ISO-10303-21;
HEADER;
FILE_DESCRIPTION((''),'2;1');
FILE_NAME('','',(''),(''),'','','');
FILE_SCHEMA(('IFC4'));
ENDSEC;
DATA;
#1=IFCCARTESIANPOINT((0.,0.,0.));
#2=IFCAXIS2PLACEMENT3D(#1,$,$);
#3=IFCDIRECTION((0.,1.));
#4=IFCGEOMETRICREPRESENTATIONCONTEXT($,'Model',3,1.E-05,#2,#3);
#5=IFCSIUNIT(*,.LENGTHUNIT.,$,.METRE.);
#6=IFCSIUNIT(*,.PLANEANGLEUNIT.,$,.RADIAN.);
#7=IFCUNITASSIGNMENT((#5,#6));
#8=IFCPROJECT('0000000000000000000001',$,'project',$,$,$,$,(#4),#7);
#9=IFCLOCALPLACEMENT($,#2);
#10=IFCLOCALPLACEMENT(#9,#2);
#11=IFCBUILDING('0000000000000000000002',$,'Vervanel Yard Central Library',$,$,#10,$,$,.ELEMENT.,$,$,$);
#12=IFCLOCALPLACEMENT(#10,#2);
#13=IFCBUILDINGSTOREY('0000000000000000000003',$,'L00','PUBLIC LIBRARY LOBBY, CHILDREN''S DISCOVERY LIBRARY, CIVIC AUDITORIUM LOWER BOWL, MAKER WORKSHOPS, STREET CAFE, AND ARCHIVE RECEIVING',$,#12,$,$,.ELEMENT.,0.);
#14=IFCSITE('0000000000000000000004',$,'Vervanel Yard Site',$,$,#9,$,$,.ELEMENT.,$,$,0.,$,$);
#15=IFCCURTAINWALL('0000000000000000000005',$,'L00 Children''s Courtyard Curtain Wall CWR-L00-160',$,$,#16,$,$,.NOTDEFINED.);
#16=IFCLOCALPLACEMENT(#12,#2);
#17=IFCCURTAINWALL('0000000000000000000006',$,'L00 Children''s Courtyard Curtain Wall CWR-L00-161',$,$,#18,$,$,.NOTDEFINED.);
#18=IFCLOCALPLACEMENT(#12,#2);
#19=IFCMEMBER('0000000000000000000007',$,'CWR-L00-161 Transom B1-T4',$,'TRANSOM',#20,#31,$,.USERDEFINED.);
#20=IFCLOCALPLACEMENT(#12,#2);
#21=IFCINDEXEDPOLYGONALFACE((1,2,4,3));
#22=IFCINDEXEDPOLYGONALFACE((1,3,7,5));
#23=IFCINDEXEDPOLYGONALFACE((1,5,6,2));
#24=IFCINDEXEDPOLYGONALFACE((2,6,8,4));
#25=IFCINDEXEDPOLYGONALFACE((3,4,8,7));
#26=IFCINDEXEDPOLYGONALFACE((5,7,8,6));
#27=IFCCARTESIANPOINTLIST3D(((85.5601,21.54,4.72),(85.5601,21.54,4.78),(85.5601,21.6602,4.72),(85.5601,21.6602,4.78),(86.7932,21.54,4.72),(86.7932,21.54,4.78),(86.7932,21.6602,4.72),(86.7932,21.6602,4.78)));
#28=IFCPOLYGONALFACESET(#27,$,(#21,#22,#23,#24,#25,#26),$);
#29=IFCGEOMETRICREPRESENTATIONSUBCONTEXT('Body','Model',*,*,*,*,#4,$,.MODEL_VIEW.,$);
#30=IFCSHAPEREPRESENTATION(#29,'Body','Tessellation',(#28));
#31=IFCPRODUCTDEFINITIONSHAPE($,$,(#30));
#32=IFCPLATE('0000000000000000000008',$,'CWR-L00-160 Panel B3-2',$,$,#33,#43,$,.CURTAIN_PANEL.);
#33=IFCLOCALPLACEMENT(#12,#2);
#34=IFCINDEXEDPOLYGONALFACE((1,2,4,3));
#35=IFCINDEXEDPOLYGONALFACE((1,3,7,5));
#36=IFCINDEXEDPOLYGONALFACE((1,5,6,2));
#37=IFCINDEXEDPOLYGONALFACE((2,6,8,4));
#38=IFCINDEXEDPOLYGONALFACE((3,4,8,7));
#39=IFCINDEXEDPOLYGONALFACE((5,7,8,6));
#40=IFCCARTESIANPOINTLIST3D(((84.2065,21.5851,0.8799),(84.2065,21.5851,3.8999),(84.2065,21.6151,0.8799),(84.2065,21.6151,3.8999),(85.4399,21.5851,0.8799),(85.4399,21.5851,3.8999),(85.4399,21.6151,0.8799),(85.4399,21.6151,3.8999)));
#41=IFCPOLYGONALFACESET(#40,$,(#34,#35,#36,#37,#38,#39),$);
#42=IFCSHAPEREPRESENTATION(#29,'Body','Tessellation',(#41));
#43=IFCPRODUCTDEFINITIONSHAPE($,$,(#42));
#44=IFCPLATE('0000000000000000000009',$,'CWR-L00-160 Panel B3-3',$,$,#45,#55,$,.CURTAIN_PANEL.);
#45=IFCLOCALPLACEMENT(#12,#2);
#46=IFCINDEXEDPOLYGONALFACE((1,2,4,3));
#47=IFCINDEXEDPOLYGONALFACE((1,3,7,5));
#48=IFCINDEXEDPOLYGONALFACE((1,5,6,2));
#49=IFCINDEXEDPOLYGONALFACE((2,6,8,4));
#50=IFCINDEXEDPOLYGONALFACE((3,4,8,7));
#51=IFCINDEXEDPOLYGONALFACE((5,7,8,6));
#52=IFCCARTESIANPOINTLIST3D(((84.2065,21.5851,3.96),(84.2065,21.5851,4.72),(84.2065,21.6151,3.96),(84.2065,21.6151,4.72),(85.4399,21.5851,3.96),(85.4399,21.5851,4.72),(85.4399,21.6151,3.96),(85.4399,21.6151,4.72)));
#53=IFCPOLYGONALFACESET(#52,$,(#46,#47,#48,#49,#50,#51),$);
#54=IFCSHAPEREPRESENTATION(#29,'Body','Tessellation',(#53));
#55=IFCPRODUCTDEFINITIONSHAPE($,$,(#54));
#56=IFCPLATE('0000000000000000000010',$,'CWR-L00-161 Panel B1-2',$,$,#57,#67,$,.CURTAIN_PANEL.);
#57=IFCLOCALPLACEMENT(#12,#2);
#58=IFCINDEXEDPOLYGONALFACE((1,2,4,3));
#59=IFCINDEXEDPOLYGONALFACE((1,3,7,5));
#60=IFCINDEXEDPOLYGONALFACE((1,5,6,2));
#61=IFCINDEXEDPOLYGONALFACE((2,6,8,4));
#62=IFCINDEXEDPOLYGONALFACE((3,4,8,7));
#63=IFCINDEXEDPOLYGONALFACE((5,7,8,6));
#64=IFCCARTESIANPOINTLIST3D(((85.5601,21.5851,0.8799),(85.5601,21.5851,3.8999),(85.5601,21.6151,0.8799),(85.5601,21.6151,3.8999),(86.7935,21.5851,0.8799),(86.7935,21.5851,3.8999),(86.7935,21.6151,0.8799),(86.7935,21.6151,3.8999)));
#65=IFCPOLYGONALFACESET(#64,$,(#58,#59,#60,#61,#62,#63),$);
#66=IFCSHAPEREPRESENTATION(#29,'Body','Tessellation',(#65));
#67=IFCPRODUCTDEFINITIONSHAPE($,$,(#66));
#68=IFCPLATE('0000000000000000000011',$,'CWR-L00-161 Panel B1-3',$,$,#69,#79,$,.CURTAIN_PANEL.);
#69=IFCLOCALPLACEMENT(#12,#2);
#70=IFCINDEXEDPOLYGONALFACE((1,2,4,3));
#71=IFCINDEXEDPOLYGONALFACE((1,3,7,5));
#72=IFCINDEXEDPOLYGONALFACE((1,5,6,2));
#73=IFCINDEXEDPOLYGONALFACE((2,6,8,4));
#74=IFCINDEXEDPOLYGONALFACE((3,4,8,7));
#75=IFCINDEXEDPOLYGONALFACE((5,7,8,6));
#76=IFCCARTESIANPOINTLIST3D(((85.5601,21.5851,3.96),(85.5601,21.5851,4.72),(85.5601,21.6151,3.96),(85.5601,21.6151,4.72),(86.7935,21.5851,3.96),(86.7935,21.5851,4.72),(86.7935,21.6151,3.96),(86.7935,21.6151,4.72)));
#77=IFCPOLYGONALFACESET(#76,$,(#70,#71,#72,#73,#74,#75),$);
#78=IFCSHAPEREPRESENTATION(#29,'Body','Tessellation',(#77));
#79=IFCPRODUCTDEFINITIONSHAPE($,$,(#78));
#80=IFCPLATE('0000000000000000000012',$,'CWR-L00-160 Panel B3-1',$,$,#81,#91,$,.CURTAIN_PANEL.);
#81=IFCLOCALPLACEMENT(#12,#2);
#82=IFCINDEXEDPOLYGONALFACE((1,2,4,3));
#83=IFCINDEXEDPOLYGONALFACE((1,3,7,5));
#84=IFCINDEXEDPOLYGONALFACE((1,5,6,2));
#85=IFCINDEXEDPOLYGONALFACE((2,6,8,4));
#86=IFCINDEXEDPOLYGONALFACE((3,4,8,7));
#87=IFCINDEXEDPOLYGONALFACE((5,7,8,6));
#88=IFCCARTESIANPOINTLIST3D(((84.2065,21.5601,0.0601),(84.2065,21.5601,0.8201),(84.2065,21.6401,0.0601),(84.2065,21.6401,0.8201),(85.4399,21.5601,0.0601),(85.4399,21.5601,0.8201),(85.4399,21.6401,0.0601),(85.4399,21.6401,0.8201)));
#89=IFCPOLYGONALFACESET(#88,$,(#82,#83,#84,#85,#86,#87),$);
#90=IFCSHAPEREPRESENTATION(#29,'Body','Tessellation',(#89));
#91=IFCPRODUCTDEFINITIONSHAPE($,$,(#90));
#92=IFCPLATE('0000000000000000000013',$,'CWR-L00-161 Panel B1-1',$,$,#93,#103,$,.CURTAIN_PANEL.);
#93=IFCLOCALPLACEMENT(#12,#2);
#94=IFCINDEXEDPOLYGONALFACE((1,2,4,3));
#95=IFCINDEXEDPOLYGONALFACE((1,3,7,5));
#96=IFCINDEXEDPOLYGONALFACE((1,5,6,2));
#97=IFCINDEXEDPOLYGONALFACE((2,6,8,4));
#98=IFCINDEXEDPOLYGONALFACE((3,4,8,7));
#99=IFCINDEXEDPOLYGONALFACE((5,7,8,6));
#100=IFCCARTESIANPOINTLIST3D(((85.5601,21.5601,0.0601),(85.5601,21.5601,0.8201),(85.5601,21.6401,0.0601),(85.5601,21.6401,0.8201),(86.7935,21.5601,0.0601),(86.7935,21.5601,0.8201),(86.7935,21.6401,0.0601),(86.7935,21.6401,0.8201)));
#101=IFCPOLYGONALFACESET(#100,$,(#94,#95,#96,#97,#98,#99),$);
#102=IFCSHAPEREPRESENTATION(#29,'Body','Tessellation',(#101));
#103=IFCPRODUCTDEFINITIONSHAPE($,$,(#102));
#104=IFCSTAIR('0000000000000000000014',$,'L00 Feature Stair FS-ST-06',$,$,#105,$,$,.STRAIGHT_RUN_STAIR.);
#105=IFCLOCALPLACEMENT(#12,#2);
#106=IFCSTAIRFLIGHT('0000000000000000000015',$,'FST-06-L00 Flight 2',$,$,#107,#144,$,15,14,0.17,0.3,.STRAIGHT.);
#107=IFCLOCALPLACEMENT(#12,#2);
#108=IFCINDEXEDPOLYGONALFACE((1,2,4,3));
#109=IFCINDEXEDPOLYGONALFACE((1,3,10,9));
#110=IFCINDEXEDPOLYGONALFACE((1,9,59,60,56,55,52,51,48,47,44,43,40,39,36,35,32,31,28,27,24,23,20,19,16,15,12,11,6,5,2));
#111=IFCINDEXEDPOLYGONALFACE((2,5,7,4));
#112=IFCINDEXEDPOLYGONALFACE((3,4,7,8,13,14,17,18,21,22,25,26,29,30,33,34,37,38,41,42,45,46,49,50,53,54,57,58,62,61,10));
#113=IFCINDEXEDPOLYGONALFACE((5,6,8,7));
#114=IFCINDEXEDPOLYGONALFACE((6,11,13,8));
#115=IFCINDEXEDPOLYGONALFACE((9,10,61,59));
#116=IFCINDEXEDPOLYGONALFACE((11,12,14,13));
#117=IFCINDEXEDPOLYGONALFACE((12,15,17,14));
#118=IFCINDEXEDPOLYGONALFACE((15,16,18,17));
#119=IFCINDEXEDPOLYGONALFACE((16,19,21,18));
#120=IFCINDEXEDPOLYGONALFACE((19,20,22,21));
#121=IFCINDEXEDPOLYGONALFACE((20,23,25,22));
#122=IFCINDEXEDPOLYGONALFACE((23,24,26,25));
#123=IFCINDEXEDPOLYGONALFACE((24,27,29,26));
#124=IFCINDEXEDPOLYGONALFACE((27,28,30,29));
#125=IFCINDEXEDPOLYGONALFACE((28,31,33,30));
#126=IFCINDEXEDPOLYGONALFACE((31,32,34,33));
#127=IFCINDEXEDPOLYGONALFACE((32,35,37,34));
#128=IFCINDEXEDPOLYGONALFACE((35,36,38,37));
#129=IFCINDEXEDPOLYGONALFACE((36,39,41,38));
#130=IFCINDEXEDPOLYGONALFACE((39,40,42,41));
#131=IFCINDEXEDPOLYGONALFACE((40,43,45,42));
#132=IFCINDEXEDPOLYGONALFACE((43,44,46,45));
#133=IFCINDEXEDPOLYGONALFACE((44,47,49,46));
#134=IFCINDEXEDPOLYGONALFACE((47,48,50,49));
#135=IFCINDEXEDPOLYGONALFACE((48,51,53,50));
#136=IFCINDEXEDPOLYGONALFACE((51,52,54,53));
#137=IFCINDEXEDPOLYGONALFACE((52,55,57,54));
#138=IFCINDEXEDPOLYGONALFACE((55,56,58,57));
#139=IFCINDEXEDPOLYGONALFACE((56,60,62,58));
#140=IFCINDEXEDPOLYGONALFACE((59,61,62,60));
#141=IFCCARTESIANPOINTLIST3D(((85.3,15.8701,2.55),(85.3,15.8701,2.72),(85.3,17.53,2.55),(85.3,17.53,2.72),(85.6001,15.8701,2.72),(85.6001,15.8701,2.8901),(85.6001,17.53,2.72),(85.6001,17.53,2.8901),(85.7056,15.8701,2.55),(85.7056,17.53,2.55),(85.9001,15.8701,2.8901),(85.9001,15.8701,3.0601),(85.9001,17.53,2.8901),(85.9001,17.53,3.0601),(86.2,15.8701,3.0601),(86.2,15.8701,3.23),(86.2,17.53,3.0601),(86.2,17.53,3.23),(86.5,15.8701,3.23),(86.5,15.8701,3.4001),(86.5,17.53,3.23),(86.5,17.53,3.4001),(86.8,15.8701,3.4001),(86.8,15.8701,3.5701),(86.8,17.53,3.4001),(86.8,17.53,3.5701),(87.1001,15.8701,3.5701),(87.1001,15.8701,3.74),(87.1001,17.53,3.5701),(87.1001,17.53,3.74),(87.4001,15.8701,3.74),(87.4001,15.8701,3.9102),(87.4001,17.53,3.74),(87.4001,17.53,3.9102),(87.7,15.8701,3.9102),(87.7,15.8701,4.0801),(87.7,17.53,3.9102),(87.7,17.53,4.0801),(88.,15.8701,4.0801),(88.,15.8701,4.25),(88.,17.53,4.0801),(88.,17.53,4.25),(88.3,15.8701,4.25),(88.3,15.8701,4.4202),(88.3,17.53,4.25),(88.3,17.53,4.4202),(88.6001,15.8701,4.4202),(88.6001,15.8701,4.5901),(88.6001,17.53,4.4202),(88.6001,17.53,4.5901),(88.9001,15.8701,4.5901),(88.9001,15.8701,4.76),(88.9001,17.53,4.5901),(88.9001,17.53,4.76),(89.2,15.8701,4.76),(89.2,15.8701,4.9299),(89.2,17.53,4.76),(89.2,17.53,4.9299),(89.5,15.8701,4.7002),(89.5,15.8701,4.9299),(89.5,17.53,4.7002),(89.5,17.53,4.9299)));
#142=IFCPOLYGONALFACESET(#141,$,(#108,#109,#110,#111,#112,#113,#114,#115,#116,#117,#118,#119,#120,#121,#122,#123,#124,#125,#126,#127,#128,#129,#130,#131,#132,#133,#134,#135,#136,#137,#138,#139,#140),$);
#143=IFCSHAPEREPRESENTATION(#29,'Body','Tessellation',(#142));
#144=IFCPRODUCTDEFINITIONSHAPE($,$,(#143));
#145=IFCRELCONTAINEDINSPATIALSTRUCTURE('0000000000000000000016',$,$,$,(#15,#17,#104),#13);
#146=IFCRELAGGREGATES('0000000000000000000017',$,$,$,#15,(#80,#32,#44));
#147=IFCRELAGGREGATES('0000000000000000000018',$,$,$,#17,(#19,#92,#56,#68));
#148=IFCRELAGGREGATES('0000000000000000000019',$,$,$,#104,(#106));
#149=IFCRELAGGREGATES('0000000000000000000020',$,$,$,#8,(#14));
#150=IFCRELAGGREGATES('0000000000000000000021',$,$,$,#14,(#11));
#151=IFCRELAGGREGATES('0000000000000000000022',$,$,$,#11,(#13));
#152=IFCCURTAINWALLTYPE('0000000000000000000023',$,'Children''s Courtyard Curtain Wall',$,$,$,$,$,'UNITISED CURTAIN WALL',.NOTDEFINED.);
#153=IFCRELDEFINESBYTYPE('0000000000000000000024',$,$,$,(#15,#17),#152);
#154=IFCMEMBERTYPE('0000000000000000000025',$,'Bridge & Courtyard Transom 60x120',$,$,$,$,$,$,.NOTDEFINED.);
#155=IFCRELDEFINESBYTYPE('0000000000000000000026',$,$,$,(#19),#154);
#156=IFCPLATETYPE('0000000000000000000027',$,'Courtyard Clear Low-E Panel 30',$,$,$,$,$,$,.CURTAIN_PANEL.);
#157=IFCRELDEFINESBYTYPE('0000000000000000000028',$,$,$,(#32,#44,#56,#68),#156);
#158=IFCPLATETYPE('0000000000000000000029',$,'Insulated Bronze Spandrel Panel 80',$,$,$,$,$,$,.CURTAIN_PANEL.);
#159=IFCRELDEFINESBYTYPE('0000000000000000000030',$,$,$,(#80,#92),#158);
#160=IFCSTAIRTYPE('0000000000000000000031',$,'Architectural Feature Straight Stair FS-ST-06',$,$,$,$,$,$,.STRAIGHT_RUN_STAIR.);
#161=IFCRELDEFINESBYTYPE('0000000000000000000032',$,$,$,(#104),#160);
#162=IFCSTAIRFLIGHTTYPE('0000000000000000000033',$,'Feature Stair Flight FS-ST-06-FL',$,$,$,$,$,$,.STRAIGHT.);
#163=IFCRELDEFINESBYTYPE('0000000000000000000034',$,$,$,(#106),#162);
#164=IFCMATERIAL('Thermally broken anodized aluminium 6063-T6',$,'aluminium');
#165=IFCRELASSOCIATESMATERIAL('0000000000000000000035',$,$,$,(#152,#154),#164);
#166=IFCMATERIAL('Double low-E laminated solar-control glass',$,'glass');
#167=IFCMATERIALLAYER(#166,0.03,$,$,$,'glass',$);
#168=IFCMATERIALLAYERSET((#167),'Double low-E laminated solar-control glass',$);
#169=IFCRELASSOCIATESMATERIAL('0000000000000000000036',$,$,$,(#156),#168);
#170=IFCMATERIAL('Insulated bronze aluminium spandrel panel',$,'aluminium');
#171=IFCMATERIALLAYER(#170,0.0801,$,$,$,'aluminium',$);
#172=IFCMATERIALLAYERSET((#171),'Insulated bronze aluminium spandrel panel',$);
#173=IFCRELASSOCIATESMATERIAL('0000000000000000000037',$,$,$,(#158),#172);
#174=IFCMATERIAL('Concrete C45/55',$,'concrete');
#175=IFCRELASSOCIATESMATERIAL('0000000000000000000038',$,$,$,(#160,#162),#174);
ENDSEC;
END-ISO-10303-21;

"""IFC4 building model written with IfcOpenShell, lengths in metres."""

from ifc_helpers import new_model, si_unit, direction, frame, origin, origin_2d, place, context, subcontext, project, spatial, polyline, rectangle, outline, extrude, material, layer, layer_set, material_profile, profile_set, type_object, element, aggregate, save


model = new_model("IFC4")

# Units and contexts
model_context = context("Model", 3, precision=1e-05, world=origin(), true_north=direction((0.0, 1.0)))
body_context = subcontext(model_context, "Body", "Model", "MODEL_VIEW")
ifc_project = project(units=[si_unit("LENGTHUNIT", "METRE"), si_unit("PLANEANGLEUNIT", "RADIAN")], contexts=[model_context])

# Site, building, storey
site_placement = place(None, origin())
site = spatial("IfcSite", under=ifc_project, at=site_placement, Name="Vervanel Yard Site", CompositionType="ELEMENT", RefElevation=0.0)
building_placement = place(site_placement, origin())
building = spatial("IfcBuilding", under=site, at=building_placement, Name="Vervanel Yard Central Library", CompositionType="ELEMENT")
storey_placement = place(building_placement, origin())
storey = spatial("IfcBuildingStorey", under=building, at=storey_placement, Name="L00", Description="PUBLIC LIBRARY LOBBY, CHILDREN'S DISCOVERY LIBRARY, CIVIC AUDITORIUM LOWER BOWL, MAKER WORKSHOPS, STREET CAFE, AND ARCHIVE RECEIVING", CompositionType="ELEMENT", Elevation=0.0)

# Curtain walls
ifc_material_1 = material(Name="Thermally broken anodized aluminium 6063-T6", Category="aluminium")
curtain_wall_type = type_object("IfcCurtainWallType", Name="Children's Courtyard Curtain Wall", ElementType="UNITISED CURTAIN WALL", PredefinedType="NOTDEFINED", material=ifc_material_1)
curtain_wall_1_placement = place(storey_placement, origin())
curtain_wall_1 = element("IfcCurtainWall", 1, at=curtain_wall_1_placement, inside=storey, type_object=curtain_wall_type, Name="L00 Children's Courtyard Curtain Wall CWR-L00-160", PredefinedType="NOTDEFINED")
curtain_wall_2_placement = place(storey_placement, origin())
curtain_wall_2 = element("IfcCurtainWall", 2, at=curtain_wall_2_placement, inside=storey, type_object=curtain_wall_type, Name="L00 Children's Courtyard Curtain Wall CWR-L00-161", PredefinedType="NOTDEFINED")

# Member
ifc_material_profile_1 = material_profile(ifc_material_1, rectangle(XDim=0.0601, YDim=0.1201, at=origin_2d()), Name="ALU 60x120", Category="aluminium")
ifc_profile_set_1 = profile_set([ifc_material_profile_1], Name="Thermally broken anodized aluminium 6063-T6")
member_type_1 = type_object("IfcMemberType", Name="Bridge & Courtyard Transom 60x120", PredefinedType="NOTDEFINED", material=ifc_profile_set_1)
member_1_placement = place(storey_placement, frame((85.5601, 21.6001, 4.75), z_axis=(1.0, 0.0, 0.0), x_axis=(0.0, 0.0, 1.0)))
member_1 = element("IfcMember", 3, at=member_1_placement, type_object=member_type_1, Name="CWR-L00-161 Transom B1-T4", ObjectType="TRANSOM", PredefinedType="USERDEFINED", context=body_context, shape_type="SweptSolid", body=[
    extrude(rectangle(XDim=0.0601, YDim=0.1201, at=origin_2d()), origin(), (0.0, 0.0, 1.0), 1.2332),
])

# Plates
ifc_material_2 = material(Name="Double low-E laminated solar-control glass", Category="glass")
ifc_layer_1 = layer(ifc_material_2, 0.03, Category="glass")
ifc_layer_set_1 = layer_set([ifc_layer_1], Name="Double low-E laminated solar-control glass")
plate_type_1 = type_object("IfcPlateType", Name="Courtyard Clear Low-E Panel 30", PredefinedType="CURTAIN_PANEL", material=ifc_layer_set_1)
plate_1_placement = place(storey_placement, frame((84.8232, 21.6001, 0.8799), z_axis=(0.0, 0.0, 1.0), x_axis=(1.0, 0.0, 0.0)))
plate_1 = element("IfcPlate", 4, at=plate_1_placement, type_object=plate_type_1, Name="CWR-L00-160 Panel B3-2", PredefinedType="CURTAIN_PANEL", context=body_context, shape_type="SweptSolid", body=[
    extrude(rectangle(XDim=1.2334, YDim=0.03, at=origin_2d()), origin(), (0.0, 0.0, 1.0), 3.02),
])
plate_2_placement = place(storey_placement, frame((84.8232, 21.6001, 3.96), z_axis=(0.0, 0.0, 1.0), x_axis=(1.0, 0.0, 0.0)))
plate_2 = element("IfcPlate", 5, at=plate_2_placement, type_object=plate_type_1, Name="CWR-L00-160 Panel B3-3", PredefinedType="CURTAIN_PANEL", context=body_context, shape_type="SweptSolid", body=[
    extrude(rectangle(XDim=1.2334, YDim=0.03, at=origin_2d()), origin(), (0.0, 0.0, 1.0), 0.76),
])
plate_3_placement = place(storey_placement, frame((86.1768, 21.6001, 0.8799), z_axis=(0.0, 0.0, 1.0), x_axis=(1.0, 0.0, 0.0)))
plate_3 = element("IfcPlate", 6, at=plate_3_placement, type_object=plate_type_1, Name="CWR-L00-161 Panel B1-2", PredefinedType="CURTAIN_PANEL", context=body_context, shape_type="SweptSolid", body=[
    extrude(rectangle(XDim=1.2334, YDim=0.03, at=origin_2d()), origin(), (0.0, 0.0, 1.0), 3.02),
])
plate_4_placement = place(storey_placement, frame((86.1768, 21.6001, 3.96), z_axis=(0.0, 0.0, 1.0), x_axis=(1.0, 0.0, 0.0)))
plate_4 = element("IfcPlate", 7, at=plate_4_placement, type_object=plate_type_1, Name="CWR-L00-161 Panel B1-3", PredefinedType="CURTAIN_PANEL", context=body_context, shape_type="SweptSolid", body=[
    extrude(rectangle(XDim=1.2334, YDim=0.03, at=origin_2d()), origin(), (0.0, 0.0, 1.0), 0.76),
])
ifc_material_3 = material(Name="Insulated bronze aluminium spandrel panel", Category="aluminium")
ifc_layer_2 = layer(ifc_material_3, 0.0801, Category="aluminium")
ifc_layer_set_2 = layer_set([ifc_layer_2], Name="Insulated bronze aluminium spandrel panel")
plate_type_2 = type_object("IfcPlateType", Name="Insulated Bronze Spandrel Panel 80", PredefinedType="CURTAIN_PANEL", material=ifc_layer_set_2)
plate_5_placement = place(storey_placement, frame((84.8232, 21.6001, 0.0601), z_axis=(0.0, 0.0, 1.0), x_axis=(1.0, 0.0, 0.0)))
plate_5 = element("IfcPlate", 8, at=plate_5_placement, type_object=plate_type_2, Name="CWR-L00-160 Panel B3-1", PredefinedType="CURTAIN_PANEL", context=body_context, shape_type="SweptSolid", body=[
    extrude(rectangle(XDim=1.2334, YDim=0.0801, at=origin_2d()), origin(), (0.0, 0.0, 1.0), 0.76),
])
aggregate(curtain_wall_1, [plate_5, plate_1, plate_2])
plate_6_placement = place(storey_placement, frame((86.1768, 21.6001, 0.0601), z_axis=(0.0, 0.0, 1.0), x_axis=(1.0, 0.0, 0.0)))
plate_6 = element("IfcPlate", 9, at=plate_6_placement, type_object=plate_type_2, Name="CWR-L00-161 Panel B1-1", PredefinedType="CURTAIN_PANEL", context=body_context, shape_type="SweptSolid", body=[
    extrude(rectangle(XDim=1.2334, YDim=0.0801, at=origin_2d()), origin(), (0.0, 0.0, 1.0), 0.76),
])
aggregate(curtain_wall_2, [member_1, plate_6, plate_3, plate_4])

# Stair, stair flight
ifc_material_4 = material(Name="Concrete C45/55", Category="concrete")
stair_type = type_object("IfcStairType", Name="Architectural Feature Straight Stair FS-ST-06", PredefinedType="STRAIGHT_RUN_STAIR", material=ifc_material_4)
stair_placement = place(storey_placement, origin())
stair = element("IfcStair", 10, at=stair_placement, inside=storey, type_object=stair_type, Name="L00 Feature Stair FS-ST-06", PredefinedType="STRAIGHT_RUN_STAIR")
stair_flight_type = type_object("IfcStairFlightType", Name="Feature Stair Flight FS-ST-06-FL", PredefinedType="STRAIGHT", material=ifc_material_4)
stair_flight_placement = place(storey_placement, frame((85.3, 16.7, 2.55), z_axis=(0.0, 0.0, 1.0), x_axis=(1.0, 0.0, 0.0)))
stair_flight = element("IfcStairFlight", 11, at=stair_flight_placement, type_object=stair_flight_type, Name="FST-06-L00 Flight 2", NumberOfRisers=15, NumberOfTreads=14, PredefinedType="STRAIGHT", RiserHeight=0.17, TreadLength=0.3, context=body_context, shape_type="SweptSolid", body=[
    extrude(outline(polyline([(0.0, 0.0), (0.0, 0.1699), (0.3, 0.1699), (0.3, 0.3401), (0.6001, 0.3401), (0.6001, 0.51), (0.8999, 0.51), (0.8999, 0.6799), (1.2, 0.6799), (1.2, 0.8501), (1.5, 0.8501), (1.5, 1.02), (1.8, 1.02), (1.8, 1.1899), (2.1001, 1.1899), (2.1001, 1.3601), (2.3999, 1.3601), (2.3999, 1.53), (2.7, 1.53), (2.7, 1.7), (3.0, 1.7), (3.0, 1.8701), (3.3, 1.8701), (3.3, 2.04), (3.6001, 2.04), (3.6001, 2.21), (3.8999, 2.21), (3.8999, 2.3799), (4.2, 2.3799), (4.2, 2.55), (4.2, 2.1501), (0.4055, 0.0), (0.0, 0.0)])), frame((0.0, 0.8301, 0.0), z_axis=(0.0, -1.0, 0.0), x_axis=(1.0, 0.0, 0.0)), (0.0, 0.0, 1.0), 1.6599),
])
aggregate(stair, [stair_flight])

save(model, "model.ifc")
